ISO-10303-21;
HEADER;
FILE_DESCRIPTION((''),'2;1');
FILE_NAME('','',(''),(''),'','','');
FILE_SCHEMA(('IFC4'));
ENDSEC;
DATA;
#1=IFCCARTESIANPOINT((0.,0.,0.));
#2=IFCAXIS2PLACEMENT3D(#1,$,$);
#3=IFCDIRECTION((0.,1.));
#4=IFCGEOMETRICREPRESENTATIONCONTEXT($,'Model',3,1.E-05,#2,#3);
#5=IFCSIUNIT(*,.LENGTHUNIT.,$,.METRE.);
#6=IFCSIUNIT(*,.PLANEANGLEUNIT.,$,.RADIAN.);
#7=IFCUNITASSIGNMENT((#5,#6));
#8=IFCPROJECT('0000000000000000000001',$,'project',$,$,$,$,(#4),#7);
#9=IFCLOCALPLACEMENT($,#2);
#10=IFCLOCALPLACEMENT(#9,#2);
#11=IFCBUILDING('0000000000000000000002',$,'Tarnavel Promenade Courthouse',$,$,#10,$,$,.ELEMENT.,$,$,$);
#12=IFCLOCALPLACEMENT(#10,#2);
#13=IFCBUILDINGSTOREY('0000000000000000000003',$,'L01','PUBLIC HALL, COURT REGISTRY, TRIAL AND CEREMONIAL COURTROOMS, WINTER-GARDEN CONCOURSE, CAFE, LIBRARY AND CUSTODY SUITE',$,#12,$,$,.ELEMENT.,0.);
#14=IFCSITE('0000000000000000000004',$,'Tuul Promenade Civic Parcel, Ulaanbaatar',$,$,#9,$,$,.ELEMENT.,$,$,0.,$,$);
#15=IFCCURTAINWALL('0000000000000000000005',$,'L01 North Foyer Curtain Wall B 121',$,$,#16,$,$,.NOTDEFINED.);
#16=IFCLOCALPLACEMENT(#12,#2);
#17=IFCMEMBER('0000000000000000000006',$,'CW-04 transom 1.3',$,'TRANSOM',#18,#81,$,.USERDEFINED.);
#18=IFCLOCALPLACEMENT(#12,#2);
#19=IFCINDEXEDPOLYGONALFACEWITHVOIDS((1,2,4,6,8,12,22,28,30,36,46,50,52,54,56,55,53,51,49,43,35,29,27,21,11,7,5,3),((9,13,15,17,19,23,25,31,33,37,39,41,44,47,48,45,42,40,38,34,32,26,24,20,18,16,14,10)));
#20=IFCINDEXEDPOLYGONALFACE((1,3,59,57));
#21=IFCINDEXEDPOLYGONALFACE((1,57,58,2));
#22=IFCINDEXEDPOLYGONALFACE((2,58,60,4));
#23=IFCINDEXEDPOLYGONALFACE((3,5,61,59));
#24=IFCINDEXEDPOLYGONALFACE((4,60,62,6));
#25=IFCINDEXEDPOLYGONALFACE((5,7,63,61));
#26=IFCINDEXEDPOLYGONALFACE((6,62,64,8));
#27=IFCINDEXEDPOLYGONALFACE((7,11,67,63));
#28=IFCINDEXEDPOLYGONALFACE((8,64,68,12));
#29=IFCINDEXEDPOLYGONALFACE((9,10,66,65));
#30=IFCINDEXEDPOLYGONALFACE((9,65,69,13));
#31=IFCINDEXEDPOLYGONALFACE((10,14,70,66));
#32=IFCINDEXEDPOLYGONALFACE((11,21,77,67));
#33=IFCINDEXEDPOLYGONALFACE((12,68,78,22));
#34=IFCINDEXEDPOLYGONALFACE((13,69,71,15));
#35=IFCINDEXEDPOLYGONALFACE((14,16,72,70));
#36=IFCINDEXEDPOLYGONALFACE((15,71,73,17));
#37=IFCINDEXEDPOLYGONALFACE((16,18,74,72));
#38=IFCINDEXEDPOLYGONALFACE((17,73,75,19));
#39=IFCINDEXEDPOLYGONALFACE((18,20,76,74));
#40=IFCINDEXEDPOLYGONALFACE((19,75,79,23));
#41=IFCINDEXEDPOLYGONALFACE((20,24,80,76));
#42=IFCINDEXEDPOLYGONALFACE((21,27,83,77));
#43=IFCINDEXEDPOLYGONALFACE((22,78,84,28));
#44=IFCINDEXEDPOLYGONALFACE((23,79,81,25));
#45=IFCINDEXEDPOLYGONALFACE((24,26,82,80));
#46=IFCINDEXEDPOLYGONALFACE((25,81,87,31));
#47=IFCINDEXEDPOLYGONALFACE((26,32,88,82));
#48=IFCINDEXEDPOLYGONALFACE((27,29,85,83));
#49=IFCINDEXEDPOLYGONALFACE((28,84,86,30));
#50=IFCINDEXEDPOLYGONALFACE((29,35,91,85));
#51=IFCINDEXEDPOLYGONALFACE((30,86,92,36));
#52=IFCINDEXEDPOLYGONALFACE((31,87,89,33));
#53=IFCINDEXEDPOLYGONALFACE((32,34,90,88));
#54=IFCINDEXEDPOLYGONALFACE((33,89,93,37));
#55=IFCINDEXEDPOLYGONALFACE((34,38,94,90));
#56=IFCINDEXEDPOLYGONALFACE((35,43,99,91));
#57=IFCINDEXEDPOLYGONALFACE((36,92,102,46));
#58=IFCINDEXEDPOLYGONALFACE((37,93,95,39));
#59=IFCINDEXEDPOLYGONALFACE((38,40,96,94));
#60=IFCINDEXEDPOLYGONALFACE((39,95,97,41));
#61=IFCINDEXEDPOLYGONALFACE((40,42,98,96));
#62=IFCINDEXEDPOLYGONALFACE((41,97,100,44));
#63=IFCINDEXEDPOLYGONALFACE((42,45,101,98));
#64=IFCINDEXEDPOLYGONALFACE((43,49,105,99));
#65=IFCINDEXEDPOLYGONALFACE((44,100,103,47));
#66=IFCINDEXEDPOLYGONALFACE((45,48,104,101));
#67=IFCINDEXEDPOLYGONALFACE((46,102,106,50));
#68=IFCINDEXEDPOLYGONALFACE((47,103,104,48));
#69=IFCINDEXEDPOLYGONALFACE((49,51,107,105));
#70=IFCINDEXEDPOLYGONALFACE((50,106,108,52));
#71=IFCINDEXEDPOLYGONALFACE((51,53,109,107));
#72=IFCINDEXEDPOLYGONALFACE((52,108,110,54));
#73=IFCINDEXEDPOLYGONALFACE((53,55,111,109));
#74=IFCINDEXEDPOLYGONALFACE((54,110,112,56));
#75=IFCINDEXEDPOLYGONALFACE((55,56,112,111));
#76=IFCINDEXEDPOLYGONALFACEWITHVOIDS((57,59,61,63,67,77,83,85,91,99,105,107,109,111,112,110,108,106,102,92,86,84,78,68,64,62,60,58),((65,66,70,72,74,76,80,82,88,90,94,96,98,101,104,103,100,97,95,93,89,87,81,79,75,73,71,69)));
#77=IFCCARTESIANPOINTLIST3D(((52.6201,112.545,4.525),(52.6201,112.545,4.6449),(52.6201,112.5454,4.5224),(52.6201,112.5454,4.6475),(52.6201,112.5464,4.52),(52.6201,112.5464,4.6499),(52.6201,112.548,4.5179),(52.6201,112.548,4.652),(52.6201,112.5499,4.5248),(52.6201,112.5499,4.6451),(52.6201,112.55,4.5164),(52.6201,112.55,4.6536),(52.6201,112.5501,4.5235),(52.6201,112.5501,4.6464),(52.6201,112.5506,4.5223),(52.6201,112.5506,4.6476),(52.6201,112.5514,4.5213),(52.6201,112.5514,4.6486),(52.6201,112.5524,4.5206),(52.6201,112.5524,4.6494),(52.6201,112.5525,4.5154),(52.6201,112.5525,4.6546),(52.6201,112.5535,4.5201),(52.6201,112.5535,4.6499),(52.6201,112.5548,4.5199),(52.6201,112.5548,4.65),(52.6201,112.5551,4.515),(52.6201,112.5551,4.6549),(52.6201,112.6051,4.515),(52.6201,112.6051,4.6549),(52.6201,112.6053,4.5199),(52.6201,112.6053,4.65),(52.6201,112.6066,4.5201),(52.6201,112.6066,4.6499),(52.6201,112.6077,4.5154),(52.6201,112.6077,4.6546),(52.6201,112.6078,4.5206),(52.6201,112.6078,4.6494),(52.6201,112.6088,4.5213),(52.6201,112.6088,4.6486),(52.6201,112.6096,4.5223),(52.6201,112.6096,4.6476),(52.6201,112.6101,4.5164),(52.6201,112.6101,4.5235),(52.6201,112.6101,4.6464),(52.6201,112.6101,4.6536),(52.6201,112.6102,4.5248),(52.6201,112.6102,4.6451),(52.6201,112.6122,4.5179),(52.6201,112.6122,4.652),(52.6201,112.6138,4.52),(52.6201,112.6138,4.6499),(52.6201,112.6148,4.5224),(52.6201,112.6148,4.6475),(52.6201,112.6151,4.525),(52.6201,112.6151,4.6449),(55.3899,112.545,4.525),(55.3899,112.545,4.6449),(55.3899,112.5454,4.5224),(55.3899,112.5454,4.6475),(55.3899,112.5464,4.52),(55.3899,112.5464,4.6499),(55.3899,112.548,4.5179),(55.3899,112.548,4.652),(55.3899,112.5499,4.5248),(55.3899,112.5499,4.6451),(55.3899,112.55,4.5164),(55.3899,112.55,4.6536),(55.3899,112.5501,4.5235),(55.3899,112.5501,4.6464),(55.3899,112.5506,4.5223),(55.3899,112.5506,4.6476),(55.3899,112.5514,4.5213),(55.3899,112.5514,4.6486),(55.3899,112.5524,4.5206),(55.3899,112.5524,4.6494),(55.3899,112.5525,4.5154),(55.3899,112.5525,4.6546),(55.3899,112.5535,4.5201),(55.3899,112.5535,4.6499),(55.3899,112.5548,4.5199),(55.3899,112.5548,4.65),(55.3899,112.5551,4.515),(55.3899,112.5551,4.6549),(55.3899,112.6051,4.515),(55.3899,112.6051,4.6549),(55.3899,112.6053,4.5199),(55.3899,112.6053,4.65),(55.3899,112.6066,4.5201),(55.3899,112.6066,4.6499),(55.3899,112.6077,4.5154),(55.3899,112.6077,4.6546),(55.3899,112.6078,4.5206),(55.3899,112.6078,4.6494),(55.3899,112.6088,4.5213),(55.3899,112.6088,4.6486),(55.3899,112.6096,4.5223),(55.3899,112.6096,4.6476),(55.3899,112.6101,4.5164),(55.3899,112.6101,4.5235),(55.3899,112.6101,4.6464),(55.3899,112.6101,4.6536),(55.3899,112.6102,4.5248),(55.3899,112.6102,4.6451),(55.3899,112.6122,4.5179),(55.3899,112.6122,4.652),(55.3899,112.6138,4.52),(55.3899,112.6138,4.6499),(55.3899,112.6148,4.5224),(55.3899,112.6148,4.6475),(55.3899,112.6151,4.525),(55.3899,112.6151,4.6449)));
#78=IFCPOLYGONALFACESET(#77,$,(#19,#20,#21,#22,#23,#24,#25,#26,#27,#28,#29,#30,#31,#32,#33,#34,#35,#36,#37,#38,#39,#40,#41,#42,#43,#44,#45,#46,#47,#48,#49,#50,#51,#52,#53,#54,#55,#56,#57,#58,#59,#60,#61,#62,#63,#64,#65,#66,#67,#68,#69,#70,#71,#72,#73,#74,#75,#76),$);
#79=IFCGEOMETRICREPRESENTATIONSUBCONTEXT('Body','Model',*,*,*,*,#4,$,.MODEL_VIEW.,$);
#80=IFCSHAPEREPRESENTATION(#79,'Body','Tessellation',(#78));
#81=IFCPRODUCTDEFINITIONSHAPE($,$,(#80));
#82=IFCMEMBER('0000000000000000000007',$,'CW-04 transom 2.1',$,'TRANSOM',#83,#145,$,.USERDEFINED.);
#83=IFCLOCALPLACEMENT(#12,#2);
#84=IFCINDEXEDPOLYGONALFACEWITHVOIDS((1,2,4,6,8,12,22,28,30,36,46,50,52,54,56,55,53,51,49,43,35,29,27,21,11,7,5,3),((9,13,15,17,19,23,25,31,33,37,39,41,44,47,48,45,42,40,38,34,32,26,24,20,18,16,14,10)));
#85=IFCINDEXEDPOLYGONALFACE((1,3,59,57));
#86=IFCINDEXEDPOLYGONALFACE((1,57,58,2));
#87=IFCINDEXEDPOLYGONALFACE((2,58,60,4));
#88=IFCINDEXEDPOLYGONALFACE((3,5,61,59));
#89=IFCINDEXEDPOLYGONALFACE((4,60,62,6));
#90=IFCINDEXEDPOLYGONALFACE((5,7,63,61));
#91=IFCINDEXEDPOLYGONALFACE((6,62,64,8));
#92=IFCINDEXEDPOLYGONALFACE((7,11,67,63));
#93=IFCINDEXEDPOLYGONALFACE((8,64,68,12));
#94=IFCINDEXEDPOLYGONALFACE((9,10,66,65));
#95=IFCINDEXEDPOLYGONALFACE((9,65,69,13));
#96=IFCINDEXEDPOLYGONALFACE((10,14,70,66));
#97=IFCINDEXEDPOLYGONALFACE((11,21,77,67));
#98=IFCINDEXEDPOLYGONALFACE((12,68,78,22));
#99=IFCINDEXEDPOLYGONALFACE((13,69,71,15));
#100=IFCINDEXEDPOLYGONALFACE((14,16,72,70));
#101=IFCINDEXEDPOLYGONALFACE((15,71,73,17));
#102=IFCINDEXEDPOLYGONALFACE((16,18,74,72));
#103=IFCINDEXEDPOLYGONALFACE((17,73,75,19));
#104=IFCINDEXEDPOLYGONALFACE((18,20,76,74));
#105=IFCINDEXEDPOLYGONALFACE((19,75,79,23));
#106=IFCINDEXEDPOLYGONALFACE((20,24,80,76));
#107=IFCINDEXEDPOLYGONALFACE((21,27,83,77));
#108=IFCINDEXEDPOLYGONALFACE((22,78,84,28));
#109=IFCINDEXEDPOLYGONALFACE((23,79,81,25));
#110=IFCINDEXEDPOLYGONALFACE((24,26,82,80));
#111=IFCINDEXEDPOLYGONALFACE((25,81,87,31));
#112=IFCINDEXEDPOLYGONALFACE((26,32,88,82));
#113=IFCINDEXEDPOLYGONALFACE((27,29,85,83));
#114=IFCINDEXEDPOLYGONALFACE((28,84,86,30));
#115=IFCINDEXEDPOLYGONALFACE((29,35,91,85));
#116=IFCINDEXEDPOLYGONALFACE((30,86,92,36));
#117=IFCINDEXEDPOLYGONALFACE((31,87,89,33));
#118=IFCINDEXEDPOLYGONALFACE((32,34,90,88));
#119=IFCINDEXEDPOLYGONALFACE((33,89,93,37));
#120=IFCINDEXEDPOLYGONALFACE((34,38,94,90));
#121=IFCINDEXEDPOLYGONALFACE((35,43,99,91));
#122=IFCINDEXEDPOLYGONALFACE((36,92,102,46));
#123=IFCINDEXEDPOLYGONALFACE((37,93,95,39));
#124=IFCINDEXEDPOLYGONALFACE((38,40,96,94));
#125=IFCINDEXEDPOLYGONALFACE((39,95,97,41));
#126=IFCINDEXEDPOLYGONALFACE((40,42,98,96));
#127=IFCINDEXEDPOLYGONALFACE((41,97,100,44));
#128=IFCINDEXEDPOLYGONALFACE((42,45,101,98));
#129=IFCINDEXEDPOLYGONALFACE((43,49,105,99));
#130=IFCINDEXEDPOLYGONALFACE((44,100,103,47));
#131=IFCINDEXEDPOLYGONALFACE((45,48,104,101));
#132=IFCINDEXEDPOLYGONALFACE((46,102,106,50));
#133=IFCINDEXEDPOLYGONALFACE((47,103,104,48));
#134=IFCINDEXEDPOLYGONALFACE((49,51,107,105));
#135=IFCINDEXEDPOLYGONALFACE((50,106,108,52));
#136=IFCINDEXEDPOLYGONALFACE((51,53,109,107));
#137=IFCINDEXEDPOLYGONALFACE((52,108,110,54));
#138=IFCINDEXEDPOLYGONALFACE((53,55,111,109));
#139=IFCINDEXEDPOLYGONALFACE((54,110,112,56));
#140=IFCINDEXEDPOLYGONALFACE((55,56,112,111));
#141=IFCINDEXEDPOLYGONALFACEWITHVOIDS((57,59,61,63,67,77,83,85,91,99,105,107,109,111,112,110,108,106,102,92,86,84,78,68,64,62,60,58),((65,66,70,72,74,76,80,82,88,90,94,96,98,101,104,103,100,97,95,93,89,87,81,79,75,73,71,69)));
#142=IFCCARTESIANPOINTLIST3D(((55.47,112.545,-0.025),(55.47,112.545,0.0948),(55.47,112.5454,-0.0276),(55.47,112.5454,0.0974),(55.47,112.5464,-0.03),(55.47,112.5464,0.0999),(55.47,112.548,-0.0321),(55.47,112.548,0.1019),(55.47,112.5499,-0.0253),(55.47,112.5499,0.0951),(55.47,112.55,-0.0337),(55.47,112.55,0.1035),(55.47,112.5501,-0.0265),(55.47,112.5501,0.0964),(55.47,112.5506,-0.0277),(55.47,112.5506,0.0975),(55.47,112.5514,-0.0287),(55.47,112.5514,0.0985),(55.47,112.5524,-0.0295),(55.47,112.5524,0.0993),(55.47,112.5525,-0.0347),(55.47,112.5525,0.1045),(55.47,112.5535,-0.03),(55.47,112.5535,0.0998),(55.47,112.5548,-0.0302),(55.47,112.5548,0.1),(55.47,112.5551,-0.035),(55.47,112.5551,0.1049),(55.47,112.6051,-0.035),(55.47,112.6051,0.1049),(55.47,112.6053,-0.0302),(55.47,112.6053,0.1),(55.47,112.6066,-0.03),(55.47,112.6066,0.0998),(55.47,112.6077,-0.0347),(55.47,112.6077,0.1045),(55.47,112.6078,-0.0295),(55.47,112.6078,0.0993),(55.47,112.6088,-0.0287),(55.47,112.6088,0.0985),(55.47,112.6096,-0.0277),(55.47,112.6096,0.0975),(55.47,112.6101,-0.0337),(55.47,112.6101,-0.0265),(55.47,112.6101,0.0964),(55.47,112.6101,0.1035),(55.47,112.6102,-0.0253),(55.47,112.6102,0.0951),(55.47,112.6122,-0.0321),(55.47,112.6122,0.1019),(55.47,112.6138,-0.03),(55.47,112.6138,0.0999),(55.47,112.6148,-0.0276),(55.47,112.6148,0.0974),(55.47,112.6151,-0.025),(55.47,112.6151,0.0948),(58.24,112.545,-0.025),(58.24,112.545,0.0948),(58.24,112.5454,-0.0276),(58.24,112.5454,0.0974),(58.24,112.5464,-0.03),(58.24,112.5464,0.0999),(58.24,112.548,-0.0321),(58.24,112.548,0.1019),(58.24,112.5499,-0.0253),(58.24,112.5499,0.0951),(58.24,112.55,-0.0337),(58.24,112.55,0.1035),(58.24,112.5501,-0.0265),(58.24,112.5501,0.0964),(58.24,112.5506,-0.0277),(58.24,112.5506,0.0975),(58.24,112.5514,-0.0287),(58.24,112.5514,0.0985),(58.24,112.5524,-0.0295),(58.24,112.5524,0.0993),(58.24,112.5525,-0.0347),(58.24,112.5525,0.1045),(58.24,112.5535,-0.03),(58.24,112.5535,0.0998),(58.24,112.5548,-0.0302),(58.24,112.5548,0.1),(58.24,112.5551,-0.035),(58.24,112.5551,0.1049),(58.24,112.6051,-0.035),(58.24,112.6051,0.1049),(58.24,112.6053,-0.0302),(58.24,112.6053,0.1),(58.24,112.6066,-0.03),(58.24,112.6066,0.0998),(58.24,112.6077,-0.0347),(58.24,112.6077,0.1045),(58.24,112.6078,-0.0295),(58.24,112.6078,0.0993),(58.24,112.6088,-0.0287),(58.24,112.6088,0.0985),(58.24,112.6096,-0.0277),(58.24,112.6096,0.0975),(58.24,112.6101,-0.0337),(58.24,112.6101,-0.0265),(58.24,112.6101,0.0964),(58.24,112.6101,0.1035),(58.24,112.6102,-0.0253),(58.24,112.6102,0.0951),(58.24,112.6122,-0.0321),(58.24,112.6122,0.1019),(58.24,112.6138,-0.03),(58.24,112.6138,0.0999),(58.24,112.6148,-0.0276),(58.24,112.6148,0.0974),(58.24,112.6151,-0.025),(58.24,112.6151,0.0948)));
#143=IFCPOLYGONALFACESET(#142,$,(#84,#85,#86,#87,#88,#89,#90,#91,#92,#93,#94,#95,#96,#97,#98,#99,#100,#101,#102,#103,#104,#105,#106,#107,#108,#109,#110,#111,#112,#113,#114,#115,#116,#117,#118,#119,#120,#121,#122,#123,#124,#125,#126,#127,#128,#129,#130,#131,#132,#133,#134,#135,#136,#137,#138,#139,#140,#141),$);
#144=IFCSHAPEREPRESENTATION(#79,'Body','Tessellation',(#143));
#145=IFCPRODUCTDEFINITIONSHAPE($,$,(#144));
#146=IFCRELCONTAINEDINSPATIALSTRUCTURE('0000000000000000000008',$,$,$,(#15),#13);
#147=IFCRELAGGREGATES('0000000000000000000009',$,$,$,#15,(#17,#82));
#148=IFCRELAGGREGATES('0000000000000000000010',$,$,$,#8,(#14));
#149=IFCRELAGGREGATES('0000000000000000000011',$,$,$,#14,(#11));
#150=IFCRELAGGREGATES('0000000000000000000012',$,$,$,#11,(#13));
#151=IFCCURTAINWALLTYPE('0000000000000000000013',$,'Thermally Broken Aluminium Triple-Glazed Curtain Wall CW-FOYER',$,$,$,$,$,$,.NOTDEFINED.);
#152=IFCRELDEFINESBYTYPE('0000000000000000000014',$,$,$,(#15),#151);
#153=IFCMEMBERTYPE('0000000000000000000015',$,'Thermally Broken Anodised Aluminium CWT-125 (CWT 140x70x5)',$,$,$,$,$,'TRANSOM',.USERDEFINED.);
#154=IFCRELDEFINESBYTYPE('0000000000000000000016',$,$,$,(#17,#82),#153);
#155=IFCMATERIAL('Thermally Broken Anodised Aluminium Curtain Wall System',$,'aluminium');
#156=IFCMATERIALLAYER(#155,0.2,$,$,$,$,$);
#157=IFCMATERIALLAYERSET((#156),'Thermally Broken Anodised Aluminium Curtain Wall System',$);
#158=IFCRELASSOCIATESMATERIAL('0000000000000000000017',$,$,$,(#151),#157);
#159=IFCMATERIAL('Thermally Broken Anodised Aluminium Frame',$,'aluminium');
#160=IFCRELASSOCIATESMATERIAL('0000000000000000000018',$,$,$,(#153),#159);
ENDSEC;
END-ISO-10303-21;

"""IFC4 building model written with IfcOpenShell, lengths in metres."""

from ifc_helpers import new_model, si_unit, direction, frame, origin, origin_2d, place, context, subcontext, project, spatial, hollow_rectangle, extrude, material, layer, layer_set, material_profile, profile_set, type_object, element, aggregate, save


model = new_model("IFC4")

# Units and contexts
model_context = context("Model", 3, precision=1e-05, world=origin(), true_north=direction((0.0, 1.0)))
body_context = subcontext(model_context, "Body", "Model", "MODEL_VIEW")
ifc_project = project(units=[si_unit("LENGTHUNIT", "METRE"), si_unit("PLANEANGLEUNIT", "RADIAN")], contexts=[model_context])

# Site, building, storey
site_placement = place(None, origin())
site = spatial("IfcSite", under=ifc_project, at=site_placement, Name="Tuul Promenade Civic Parcel, Ulaanbaatar", CompositionType="ELEMENT", RefElevation=0.0)
building_placement = place(site_placement, origin())
building = spatial("IfcBuilding", under=site, at=building_placement, Name="Tarnavel Promenade Courthouse", CompositionType="ELEMENT")
storey_placement = place(building_placement, origin())
storey = spatial("IfcBuildingStorey", under=building, at=storey_placement, Name="L01", Description="PUBLIC HALL, COURT REGISTRY, TRIAL AND CEREMONIAL COURTROOMS, WINTER-GARDEN CONCOURSE, CAFE, LIBRARY AND CUSTODY SUITE", CompositionType="ELEMENT", Elevation=0.0)

# Curtain wall
ifc_material_1 = material(Name="Thermally Broken Anodised Aluminium Curtain Wall System", Category="aluminium")
ifc_layer_1 = layer(ifc_material_1, 0.2)
ifc_layer_set_1 = layer_set([ifc_layer_1], Name="Thermally Broken Anodised Aluminium Curtain Wall System")
curtain_wall_type = type_object("IfcCurtainWallType", Name="Thermally Broken Aluminium Triple-Glazed Curtain Wall CW-FOYER", PredefinedType="NOTDEFINED", material=ifc_layer_set_1)
ifc_material_2 = material(Name="Thermally Broken Anodised Aluminium Frame", Category="aluminium")
curtain_wall_1_placement = place(storey_placement, origin())
curtain_wall_1 = element("IfcCurtainWall", 1, at=curtain_wall_1_placement, inside=storey, type_object=curtain_wall_type, Name="L01 North Foyer Curtain Wall B 121", PredefinedType="NOTDEFINED")

# Members
ifc_material_profile_1 = material_profile(ifc_material_2, hollow_rectangle(XDim=0.0701, YDim=0.1399, WallThickness=0.0049, InnerFilletRadius=0.0049, OuterFilletRadius=0.01, at=origin_2d()), Name="CWT 140x70x5")
ifc_profile_set_1 = profile_set([ifc_material_profile_1], Name="Thermally Broken Anodised Aluminium Frame")
member_type_1 = type_object("IfcMemberType", Name="Thermally Broken Anodised Aluminium CWT-125 (CWT 140x70x5)", ElementType="TRANSOM", PredefinedType="USERDEFINED", material=ifc_profile_set_1)
member_1_placement = place(storey_placement, frame((52.6201, 112.5801, 4.585), z_axis=(1.0, 0.0, 0.0), x_axis=(0.0, 1.0, 0.0)))
member_1 = element("IfcMember", 2, at=member_1_placement, type_object=member_type_1, Name="CW-04 transom 1.3", ObjectType="TRANSOM", PredefinedType="USERDEFINED", context=body_context, shape_type="SweptSolid", body=[
    extrude(hollow_rectangle(XDim=0.0701, YDim=0.1399, WallThickness=0.0049, InnerFilletRadius=0.0049, OuterFilletRadius=0.01, at=origin_2d()), origin(), (0.0, 0.0, 1.0), 2.7698),
])
member_2_placement = place(storey_placement, frame((55.47, 112.5801, 0.0349), z_axis=(1.0, 0.0, 0.0), x_axis=(0.0, 1.0, 0.0)))
member_2 = element("IfcMember", 3, at=member_2_placement, type_object=member_type_1, Name="CW-04 transom 2.1", ObjectType="TRANSOM", PredefinedType="USERDEFINED", context=body_context, shape_type="SweptSolid", body=[
    extrude(hollow_rectangle(XDim=0.0701, YDim=0.1399, WallThickness=0.0049, InnerFilletRadius=0.0049, OuterFilletRadius=0.01, at=origin_2d()), origin(), (0.0, 0.0, 1.0), 2.77),
])

aggregate(curtain_wall_1, [member_1, member_2])

save(model, "model.ifc")
